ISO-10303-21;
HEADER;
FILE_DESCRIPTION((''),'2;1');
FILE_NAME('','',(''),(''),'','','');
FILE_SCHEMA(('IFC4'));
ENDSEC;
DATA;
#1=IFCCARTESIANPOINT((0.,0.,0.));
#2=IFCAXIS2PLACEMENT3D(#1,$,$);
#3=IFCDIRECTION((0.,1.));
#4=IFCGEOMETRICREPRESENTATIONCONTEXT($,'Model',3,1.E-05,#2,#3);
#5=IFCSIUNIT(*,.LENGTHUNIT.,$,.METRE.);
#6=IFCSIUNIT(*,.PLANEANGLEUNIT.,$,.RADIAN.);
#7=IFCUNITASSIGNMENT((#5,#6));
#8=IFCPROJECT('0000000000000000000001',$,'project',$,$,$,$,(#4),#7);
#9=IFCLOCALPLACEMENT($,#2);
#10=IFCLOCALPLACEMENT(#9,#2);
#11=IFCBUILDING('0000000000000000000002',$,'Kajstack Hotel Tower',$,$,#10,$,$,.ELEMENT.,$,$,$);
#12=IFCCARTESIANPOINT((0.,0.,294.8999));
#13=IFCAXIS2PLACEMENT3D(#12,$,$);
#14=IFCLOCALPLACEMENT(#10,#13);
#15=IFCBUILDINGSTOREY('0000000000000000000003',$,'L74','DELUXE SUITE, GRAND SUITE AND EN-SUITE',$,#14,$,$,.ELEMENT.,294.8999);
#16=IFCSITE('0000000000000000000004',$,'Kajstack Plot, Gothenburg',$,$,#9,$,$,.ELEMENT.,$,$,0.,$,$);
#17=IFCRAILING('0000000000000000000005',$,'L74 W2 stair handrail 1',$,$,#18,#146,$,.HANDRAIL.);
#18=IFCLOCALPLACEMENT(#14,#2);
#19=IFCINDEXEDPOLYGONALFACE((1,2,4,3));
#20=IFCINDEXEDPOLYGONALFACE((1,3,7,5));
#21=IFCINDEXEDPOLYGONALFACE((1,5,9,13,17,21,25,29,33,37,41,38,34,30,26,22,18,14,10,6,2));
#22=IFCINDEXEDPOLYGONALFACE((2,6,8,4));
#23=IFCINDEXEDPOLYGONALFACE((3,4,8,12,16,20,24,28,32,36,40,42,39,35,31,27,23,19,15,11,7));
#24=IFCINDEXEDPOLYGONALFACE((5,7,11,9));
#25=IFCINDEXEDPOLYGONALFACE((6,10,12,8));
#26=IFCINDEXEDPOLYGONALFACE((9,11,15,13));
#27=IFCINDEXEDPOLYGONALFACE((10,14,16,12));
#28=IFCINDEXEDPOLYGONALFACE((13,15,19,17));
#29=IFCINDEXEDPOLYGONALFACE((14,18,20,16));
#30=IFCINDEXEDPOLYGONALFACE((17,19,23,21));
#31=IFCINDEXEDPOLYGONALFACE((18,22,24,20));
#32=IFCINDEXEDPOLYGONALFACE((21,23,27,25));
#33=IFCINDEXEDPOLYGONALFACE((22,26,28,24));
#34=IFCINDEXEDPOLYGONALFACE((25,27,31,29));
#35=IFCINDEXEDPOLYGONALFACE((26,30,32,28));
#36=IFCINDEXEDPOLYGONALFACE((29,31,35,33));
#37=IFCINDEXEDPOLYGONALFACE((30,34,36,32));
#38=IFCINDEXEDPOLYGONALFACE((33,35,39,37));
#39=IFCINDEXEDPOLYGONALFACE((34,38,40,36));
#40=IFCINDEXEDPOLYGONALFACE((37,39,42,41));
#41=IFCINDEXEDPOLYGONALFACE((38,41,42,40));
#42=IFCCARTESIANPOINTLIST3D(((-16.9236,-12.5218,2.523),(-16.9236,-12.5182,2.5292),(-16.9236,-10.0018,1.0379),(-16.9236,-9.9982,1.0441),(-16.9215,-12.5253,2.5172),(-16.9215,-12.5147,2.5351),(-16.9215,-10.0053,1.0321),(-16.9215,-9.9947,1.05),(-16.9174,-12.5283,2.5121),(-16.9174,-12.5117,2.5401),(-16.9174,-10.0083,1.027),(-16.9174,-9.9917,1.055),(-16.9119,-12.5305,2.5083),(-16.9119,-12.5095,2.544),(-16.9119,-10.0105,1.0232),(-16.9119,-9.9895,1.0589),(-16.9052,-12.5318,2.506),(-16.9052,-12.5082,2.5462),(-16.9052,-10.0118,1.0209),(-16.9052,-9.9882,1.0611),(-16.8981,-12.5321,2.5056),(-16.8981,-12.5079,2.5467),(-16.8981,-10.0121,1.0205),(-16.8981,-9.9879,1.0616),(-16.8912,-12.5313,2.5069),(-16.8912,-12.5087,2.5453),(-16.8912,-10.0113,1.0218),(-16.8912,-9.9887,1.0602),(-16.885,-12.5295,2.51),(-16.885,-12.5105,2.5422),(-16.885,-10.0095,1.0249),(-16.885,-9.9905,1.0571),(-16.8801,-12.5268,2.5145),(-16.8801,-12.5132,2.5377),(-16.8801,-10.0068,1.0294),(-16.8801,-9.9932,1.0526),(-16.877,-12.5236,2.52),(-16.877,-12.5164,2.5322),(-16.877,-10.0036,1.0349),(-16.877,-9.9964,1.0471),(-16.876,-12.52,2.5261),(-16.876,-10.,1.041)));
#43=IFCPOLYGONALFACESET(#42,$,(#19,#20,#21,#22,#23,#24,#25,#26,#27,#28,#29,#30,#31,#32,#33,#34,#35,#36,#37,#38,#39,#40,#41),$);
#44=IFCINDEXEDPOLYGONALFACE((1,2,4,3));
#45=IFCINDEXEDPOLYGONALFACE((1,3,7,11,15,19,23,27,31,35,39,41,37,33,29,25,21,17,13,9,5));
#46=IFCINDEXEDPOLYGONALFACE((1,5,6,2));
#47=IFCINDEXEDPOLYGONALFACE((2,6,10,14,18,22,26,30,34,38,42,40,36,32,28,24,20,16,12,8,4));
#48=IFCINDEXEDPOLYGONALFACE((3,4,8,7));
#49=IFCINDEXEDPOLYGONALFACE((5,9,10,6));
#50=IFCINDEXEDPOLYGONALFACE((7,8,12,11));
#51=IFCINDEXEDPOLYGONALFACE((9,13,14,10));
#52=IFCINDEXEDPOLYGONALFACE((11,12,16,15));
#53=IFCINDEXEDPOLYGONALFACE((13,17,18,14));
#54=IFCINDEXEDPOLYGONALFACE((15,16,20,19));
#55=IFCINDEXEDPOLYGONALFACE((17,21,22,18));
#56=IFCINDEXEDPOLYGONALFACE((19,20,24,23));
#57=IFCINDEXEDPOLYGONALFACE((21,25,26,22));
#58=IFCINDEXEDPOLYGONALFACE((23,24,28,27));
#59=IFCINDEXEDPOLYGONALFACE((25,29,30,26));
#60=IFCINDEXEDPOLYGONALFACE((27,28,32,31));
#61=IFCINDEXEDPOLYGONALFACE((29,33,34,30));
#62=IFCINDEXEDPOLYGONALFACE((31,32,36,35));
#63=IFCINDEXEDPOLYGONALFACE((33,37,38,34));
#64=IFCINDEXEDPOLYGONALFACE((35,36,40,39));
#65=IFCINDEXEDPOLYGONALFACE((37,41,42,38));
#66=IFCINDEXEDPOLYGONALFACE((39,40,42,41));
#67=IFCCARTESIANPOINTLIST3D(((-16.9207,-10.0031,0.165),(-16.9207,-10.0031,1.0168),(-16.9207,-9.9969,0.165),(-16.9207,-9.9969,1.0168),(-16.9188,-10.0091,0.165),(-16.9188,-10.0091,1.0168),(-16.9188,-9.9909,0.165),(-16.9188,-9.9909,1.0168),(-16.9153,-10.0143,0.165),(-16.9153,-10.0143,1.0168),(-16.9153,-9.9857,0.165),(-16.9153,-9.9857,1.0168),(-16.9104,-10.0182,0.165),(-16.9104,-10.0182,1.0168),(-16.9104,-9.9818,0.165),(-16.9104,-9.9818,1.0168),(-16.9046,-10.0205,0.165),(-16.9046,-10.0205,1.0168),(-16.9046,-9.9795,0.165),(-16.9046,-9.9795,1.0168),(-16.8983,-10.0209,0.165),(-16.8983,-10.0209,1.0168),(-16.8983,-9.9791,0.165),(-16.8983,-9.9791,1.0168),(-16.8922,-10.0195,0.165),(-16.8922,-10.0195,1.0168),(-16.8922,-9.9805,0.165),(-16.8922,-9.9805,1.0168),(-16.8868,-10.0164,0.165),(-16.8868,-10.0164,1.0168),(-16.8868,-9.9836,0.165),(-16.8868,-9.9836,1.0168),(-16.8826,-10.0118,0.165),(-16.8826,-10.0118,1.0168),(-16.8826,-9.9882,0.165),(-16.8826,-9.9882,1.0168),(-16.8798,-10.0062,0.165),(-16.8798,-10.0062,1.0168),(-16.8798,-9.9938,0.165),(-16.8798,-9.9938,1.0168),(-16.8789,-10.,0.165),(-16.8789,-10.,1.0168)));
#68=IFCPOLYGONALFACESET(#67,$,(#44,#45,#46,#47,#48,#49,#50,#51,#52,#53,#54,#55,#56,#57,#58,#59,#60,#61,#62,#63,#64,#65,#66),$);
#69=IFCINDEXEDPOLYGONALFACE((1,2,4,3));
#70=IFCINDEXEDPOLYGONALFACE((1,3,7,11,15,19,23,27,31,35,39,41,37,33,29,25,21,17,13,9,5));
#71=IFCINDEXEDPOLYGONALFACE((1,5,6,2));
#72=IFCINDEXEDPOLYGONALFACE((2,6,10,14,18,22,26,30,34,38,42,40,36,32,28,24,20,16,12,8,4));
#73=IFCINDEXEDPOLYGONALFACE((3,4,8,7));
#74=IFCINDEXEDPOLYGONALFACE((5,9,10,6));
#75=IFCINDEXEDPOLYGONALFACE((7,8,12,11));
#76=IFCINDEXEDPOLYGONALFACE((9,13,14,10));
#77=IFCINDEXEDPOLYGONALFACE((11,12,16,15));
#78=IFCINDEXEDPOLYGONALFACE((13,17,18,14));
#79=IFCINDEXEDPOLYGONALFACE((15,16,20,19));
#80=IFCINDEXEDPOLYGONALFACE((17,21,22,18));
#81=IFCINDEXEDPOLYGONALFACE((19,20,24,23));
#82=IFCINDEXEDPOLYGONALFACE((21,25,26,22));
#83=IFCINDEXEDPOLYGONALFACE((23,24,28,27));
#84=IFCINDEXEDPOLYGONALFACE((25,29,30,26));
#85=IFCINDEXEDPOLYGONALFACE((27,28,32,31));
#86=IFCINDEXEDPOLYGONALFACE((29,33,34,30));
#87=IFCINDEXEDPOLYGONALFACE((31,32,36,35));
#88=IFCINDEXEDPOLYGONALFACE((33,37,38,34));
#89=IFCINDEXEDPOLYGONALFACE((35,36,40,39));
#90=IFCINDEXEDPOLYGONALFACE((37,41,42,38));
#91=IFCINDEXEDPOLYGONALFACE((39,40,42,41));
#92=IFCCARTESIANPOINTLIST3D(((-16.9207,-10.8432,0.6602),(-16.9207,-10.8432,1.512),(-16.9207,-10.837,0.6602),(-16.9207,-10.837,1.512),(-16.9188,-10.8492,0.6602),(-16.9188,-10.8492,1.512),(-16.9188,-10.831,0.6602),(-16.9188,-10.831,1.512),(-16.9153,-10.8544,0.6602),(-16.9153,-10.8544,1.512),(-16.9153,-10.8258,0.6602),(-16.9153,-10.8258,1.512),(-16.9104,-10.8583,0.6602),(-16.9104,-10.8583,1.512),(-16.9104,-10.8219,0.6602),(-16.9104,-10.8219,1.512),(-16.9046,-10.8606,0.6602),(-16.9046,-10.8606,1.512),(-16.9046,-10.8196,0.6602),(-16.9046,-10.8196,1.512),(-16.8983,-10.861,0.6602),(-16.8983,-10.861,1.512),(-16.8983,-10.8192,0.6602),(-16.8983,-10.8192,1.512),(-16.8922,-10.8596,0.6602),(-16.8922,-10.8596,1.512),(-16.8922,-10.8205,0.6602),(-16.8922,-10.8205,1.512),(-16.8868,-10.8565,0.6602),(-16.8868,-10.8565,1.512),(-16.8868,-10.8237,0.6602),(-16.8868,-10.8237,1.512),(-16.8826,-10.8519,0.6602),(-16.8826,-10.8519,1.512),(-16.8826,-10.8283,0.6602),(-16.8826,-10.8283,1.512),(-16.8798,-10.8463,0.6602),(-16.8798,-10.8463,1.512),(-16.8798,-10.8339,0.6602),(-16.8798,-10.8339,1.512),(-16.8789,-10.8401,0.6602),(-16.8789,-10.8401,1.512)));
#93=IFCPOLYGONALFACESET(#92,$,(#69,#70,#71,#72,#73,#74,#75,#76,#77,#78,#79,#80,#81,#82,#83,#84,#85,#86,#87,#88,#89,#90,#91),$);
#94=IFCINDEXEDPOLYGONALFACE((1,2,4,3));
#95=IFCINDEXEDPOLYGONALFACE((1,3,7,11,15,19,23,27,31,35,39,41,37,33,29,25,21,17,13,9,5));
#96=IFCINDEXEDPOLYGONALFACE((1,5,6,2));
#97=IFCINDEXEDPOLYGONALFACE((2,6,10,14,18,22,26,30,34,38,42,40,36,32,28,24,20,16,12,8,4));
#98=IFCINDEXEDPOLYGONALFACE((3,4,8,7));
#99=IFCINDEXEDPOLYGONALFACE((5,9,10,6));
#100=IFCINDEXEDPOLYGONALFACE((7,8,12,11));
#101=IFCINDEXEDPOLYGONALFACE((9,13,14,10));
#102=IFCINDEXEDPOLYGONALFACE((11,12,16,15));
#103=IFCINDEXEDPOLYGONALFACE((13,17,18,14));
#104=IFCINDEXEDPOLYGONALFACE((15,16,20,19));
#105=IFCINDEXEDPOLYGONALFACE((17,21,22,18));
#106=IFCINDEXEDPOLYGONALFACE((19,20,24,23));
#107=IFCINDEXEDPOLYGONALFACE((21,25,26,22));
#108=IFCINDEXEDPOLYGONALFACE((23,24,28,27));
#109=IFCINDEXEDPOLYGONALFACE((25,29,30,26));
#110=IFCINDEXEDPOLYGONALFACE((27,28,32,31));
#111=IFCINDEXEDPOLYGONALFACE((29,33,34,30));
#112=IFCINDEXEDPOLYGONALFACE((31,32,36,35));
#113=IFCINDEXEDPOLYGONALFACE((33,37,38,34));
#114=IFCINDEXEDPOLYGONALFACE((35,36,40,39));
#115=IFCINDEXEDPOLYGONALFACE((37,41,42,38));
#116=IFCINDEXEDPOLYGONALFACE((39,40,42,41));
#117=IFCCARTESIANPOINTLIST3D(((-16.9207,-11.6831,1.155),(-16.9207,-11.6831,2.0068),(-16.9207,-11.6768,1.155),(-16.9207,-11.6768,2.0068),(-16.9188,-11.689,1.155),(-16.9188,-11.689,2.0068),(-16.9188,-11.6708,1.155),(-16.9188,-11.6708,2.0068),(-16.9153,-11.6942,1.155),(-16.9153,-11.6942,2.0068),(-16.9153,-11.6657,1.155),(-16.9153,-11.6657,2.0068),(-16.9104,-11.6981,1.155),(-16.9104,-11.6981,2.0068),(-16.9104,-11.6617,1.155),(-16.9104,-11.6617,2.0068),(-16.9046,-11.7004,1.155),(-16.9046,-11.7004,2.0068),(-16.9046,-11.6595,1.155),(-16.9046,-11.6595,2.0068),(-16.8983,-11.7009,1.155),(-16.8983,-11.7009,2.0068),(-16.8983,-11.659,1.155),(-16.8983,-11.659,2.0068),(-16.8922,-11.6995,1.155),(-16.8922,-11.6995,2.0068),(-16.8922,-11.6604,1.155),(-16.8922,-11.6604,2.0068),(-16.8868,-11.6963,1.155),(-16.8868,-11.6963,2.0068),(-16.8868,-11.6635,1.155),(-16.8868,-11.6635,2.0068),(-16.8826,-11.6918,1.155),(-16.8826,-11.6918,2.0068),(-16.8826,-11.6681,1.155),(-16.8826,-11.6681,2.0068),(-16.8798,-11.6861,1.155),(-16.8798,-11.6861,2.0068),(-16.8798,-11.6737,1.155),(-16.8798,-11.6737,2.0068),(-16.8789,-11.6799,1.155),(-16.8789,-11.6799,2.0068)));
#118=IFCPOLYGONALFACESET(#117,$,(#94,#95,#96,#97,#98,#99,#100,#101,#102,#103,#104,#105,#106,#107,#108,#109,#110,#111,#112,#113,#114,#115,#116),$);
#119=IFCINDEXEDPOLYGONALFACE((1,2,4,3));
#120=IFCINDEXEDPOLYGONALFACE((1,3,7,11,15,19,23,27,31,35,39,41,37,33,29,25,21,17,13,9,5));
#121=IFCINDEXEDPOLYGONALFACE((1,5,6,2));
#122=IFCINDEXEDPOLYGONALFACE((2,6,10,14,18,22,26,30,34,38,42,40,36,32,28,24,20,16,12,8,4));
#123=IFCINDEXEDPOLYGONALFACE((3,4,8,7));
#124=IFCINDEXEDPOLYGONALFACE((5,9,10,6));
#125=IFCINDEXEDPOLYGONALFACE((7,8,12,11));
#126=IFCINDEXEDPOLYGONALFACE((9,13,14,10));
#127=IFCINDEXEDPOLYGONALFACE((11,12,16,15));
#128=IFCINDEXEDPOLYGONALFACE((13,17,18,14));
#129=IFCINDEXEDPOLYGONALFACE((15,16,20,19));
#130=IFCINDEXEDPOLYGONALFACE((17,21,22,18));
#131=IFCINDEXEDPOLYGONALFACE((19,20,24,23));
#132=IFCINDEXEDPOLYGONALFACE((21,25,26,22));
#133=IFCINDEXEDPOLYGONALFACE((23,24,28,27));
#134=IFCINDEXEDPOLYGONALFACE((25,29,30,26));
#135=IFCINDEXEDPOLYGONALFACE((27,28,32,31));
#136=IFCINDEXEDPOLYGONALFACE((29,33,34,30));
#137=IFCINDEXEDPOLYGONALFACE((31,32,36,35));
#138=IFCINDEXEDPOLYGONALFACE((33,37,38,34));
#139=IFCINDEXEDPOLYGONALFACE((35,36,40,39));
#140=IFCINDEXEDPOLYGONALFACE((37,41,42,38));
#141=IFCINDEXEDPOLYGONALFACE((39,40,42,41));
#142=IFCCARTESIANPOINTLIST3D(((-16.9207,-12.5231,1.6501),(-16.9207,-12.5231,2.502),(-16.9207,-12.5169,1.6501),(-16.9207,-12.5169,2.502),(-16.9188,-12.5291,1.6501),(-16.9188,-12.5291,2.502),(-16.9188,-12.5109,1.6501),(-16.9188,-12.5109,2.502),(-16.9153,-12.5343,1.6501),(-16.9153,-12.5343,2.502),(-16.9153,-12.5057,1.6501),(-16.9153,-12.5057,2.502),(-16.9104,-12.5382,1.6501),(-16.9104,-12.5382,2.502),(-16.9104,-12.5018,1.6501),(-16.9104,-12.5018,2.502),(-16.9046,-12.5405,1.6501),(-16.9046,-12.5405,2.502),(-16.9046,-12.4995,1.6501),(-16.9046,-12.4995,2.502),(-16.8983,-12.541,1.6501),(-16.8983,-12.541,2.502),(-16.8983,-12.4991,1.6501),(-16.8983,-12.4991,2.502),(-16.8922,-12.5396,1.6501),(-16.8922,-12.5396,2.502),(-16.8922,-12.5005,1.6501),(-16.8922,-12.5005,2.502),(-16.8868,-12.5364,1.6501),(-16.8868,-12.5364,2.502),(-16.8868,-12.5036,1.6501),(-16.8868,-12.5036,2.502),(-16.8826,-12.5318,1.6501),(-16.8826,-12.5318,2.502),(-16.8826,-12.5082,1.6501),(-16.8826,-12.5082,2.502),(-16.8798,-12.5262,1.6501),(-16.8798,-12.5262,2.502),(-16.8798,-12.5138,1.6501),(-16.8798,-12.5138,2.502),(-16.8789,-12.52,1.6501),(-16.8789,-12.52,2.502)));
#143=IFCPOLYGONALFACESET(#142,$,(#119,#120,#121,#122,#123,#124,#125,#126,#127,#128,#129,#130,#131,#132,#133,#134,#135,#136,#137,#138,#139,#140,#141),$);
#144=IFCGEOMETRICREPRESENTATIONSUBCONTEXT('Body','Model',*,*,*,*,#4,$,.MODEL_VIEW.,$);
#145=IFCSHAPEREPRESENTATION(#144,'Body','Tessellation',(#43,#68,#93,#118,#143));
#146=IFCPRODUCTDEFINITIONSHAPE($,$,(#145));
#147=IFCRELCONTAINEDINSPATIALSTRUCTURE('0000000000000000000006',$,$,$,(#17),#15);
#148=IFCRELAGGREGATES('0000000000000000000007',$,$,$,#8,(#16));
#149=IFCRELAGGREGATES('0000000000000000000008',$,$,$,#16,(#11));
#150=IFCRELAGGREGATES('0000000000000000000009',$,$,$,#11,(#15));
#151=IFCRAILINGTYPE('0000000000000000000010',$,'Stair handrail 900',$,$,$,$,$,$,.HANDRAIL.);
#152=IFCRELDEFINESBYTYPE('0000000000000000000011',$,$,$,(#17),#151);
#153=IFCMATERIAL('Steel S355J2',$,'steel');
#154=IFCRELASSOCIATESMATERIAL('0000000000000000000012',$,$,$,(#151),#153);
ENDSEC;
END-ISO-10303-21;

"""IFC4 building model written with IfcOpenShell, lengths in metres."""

from ifc_helpers import new_model, si_unit, direction, frame, origin, origin_2d, place, context, subcontext, project, spatial, circle, extrude, material, type_object, element, save


model = new_model("IFC4")

# Units and contexts
model_context = context("Model", 3, precision=1e-05, world=origin(), true_north=direction((0.0, 1.0)))
body_context = subcontext(model_context, "Body", "Model", "MODEL_VIEW")
ifc_project = project(units=[si_unit("LENGTHUNIT", "METRE"), si_unit("PLANEANGLEUNIT", "RADIAN")], contexts=[model_context])

# Site, building, storey
site_placement = place(None, origin())
site = spatial("IfcSite", under=ifc_project, at=site_placement, Name="Kajstack Plot, Gothenburg", CompositionType="ELEMENT", RefElevation=0.0)
building_placement = place(site_placement, origin())
building = spatial("IfcBuilding", under=site, at=building_placement, Name="Kajstack Hotel Tower", CompositionType="ELEMENT")
storey_placement = place(building_placement, frame((0.0, 0.0, 294.8999)))
storey = spatial("IfcBuildingStorey", under=building, at=storey_placement, Name="L74", Description="DELUXE SUITE, GRAND SUITE AND EN-SUITE", CompositionType="ELEMENT", Elevation=294.8999)

# Railing
ifc_material_1 = material(Name="Steel S355J2", Category="steel")
railing_type_1 = type_object("IfcRailingType", Name="Stair handrail 900", PredefinedType="HANDRAIL", material=ifc_material_1)
railing_1_placement = place(storey_placement, frame((-16.8999, -10.0, 0.165)))
element("IfcRailing", 1, at=railing_1_placement, inside=storey, type_object=railing_type_1, Name="L74 W2 stair handrail 1", PredefinedType="HANDRAIL", context=body_context, shape_type="SweptSolid", body=[
    extrude(circle(Radius=0.0239, at=origin_2d()), frame((0.0, 0.0, 0.876), z_axis=(0.0, -0.861524, 0.507717), x_axis=(1.0, 0.0, 0.0)), (0.0, 0.0, 1.0), 2.925),
    extrude(circle(Radius=0.021, at=origin_2d()), origin(), (0.0, 0.0, 1.0), 0.8518),
    extrude(circle(Radius=0.021, at=origin_2d()), frame((0.0, -0.8401, 0.4951)), (0.0, 0.0, 1.0), 0.8518),
    extrude(circle(Radius=0.021, at=origin_2d()), frame((0.0, -1.6799, 0.99)), (0.0, 0.0, 1.0), 0.8518),
    extrude(circle(Radius=0.021, at=origin_2d()), frame((0.0, -2.52, 1.4851)), (0.0, 0.0, 1.0), 0.8518),
])

save(model, "model.ifc")
